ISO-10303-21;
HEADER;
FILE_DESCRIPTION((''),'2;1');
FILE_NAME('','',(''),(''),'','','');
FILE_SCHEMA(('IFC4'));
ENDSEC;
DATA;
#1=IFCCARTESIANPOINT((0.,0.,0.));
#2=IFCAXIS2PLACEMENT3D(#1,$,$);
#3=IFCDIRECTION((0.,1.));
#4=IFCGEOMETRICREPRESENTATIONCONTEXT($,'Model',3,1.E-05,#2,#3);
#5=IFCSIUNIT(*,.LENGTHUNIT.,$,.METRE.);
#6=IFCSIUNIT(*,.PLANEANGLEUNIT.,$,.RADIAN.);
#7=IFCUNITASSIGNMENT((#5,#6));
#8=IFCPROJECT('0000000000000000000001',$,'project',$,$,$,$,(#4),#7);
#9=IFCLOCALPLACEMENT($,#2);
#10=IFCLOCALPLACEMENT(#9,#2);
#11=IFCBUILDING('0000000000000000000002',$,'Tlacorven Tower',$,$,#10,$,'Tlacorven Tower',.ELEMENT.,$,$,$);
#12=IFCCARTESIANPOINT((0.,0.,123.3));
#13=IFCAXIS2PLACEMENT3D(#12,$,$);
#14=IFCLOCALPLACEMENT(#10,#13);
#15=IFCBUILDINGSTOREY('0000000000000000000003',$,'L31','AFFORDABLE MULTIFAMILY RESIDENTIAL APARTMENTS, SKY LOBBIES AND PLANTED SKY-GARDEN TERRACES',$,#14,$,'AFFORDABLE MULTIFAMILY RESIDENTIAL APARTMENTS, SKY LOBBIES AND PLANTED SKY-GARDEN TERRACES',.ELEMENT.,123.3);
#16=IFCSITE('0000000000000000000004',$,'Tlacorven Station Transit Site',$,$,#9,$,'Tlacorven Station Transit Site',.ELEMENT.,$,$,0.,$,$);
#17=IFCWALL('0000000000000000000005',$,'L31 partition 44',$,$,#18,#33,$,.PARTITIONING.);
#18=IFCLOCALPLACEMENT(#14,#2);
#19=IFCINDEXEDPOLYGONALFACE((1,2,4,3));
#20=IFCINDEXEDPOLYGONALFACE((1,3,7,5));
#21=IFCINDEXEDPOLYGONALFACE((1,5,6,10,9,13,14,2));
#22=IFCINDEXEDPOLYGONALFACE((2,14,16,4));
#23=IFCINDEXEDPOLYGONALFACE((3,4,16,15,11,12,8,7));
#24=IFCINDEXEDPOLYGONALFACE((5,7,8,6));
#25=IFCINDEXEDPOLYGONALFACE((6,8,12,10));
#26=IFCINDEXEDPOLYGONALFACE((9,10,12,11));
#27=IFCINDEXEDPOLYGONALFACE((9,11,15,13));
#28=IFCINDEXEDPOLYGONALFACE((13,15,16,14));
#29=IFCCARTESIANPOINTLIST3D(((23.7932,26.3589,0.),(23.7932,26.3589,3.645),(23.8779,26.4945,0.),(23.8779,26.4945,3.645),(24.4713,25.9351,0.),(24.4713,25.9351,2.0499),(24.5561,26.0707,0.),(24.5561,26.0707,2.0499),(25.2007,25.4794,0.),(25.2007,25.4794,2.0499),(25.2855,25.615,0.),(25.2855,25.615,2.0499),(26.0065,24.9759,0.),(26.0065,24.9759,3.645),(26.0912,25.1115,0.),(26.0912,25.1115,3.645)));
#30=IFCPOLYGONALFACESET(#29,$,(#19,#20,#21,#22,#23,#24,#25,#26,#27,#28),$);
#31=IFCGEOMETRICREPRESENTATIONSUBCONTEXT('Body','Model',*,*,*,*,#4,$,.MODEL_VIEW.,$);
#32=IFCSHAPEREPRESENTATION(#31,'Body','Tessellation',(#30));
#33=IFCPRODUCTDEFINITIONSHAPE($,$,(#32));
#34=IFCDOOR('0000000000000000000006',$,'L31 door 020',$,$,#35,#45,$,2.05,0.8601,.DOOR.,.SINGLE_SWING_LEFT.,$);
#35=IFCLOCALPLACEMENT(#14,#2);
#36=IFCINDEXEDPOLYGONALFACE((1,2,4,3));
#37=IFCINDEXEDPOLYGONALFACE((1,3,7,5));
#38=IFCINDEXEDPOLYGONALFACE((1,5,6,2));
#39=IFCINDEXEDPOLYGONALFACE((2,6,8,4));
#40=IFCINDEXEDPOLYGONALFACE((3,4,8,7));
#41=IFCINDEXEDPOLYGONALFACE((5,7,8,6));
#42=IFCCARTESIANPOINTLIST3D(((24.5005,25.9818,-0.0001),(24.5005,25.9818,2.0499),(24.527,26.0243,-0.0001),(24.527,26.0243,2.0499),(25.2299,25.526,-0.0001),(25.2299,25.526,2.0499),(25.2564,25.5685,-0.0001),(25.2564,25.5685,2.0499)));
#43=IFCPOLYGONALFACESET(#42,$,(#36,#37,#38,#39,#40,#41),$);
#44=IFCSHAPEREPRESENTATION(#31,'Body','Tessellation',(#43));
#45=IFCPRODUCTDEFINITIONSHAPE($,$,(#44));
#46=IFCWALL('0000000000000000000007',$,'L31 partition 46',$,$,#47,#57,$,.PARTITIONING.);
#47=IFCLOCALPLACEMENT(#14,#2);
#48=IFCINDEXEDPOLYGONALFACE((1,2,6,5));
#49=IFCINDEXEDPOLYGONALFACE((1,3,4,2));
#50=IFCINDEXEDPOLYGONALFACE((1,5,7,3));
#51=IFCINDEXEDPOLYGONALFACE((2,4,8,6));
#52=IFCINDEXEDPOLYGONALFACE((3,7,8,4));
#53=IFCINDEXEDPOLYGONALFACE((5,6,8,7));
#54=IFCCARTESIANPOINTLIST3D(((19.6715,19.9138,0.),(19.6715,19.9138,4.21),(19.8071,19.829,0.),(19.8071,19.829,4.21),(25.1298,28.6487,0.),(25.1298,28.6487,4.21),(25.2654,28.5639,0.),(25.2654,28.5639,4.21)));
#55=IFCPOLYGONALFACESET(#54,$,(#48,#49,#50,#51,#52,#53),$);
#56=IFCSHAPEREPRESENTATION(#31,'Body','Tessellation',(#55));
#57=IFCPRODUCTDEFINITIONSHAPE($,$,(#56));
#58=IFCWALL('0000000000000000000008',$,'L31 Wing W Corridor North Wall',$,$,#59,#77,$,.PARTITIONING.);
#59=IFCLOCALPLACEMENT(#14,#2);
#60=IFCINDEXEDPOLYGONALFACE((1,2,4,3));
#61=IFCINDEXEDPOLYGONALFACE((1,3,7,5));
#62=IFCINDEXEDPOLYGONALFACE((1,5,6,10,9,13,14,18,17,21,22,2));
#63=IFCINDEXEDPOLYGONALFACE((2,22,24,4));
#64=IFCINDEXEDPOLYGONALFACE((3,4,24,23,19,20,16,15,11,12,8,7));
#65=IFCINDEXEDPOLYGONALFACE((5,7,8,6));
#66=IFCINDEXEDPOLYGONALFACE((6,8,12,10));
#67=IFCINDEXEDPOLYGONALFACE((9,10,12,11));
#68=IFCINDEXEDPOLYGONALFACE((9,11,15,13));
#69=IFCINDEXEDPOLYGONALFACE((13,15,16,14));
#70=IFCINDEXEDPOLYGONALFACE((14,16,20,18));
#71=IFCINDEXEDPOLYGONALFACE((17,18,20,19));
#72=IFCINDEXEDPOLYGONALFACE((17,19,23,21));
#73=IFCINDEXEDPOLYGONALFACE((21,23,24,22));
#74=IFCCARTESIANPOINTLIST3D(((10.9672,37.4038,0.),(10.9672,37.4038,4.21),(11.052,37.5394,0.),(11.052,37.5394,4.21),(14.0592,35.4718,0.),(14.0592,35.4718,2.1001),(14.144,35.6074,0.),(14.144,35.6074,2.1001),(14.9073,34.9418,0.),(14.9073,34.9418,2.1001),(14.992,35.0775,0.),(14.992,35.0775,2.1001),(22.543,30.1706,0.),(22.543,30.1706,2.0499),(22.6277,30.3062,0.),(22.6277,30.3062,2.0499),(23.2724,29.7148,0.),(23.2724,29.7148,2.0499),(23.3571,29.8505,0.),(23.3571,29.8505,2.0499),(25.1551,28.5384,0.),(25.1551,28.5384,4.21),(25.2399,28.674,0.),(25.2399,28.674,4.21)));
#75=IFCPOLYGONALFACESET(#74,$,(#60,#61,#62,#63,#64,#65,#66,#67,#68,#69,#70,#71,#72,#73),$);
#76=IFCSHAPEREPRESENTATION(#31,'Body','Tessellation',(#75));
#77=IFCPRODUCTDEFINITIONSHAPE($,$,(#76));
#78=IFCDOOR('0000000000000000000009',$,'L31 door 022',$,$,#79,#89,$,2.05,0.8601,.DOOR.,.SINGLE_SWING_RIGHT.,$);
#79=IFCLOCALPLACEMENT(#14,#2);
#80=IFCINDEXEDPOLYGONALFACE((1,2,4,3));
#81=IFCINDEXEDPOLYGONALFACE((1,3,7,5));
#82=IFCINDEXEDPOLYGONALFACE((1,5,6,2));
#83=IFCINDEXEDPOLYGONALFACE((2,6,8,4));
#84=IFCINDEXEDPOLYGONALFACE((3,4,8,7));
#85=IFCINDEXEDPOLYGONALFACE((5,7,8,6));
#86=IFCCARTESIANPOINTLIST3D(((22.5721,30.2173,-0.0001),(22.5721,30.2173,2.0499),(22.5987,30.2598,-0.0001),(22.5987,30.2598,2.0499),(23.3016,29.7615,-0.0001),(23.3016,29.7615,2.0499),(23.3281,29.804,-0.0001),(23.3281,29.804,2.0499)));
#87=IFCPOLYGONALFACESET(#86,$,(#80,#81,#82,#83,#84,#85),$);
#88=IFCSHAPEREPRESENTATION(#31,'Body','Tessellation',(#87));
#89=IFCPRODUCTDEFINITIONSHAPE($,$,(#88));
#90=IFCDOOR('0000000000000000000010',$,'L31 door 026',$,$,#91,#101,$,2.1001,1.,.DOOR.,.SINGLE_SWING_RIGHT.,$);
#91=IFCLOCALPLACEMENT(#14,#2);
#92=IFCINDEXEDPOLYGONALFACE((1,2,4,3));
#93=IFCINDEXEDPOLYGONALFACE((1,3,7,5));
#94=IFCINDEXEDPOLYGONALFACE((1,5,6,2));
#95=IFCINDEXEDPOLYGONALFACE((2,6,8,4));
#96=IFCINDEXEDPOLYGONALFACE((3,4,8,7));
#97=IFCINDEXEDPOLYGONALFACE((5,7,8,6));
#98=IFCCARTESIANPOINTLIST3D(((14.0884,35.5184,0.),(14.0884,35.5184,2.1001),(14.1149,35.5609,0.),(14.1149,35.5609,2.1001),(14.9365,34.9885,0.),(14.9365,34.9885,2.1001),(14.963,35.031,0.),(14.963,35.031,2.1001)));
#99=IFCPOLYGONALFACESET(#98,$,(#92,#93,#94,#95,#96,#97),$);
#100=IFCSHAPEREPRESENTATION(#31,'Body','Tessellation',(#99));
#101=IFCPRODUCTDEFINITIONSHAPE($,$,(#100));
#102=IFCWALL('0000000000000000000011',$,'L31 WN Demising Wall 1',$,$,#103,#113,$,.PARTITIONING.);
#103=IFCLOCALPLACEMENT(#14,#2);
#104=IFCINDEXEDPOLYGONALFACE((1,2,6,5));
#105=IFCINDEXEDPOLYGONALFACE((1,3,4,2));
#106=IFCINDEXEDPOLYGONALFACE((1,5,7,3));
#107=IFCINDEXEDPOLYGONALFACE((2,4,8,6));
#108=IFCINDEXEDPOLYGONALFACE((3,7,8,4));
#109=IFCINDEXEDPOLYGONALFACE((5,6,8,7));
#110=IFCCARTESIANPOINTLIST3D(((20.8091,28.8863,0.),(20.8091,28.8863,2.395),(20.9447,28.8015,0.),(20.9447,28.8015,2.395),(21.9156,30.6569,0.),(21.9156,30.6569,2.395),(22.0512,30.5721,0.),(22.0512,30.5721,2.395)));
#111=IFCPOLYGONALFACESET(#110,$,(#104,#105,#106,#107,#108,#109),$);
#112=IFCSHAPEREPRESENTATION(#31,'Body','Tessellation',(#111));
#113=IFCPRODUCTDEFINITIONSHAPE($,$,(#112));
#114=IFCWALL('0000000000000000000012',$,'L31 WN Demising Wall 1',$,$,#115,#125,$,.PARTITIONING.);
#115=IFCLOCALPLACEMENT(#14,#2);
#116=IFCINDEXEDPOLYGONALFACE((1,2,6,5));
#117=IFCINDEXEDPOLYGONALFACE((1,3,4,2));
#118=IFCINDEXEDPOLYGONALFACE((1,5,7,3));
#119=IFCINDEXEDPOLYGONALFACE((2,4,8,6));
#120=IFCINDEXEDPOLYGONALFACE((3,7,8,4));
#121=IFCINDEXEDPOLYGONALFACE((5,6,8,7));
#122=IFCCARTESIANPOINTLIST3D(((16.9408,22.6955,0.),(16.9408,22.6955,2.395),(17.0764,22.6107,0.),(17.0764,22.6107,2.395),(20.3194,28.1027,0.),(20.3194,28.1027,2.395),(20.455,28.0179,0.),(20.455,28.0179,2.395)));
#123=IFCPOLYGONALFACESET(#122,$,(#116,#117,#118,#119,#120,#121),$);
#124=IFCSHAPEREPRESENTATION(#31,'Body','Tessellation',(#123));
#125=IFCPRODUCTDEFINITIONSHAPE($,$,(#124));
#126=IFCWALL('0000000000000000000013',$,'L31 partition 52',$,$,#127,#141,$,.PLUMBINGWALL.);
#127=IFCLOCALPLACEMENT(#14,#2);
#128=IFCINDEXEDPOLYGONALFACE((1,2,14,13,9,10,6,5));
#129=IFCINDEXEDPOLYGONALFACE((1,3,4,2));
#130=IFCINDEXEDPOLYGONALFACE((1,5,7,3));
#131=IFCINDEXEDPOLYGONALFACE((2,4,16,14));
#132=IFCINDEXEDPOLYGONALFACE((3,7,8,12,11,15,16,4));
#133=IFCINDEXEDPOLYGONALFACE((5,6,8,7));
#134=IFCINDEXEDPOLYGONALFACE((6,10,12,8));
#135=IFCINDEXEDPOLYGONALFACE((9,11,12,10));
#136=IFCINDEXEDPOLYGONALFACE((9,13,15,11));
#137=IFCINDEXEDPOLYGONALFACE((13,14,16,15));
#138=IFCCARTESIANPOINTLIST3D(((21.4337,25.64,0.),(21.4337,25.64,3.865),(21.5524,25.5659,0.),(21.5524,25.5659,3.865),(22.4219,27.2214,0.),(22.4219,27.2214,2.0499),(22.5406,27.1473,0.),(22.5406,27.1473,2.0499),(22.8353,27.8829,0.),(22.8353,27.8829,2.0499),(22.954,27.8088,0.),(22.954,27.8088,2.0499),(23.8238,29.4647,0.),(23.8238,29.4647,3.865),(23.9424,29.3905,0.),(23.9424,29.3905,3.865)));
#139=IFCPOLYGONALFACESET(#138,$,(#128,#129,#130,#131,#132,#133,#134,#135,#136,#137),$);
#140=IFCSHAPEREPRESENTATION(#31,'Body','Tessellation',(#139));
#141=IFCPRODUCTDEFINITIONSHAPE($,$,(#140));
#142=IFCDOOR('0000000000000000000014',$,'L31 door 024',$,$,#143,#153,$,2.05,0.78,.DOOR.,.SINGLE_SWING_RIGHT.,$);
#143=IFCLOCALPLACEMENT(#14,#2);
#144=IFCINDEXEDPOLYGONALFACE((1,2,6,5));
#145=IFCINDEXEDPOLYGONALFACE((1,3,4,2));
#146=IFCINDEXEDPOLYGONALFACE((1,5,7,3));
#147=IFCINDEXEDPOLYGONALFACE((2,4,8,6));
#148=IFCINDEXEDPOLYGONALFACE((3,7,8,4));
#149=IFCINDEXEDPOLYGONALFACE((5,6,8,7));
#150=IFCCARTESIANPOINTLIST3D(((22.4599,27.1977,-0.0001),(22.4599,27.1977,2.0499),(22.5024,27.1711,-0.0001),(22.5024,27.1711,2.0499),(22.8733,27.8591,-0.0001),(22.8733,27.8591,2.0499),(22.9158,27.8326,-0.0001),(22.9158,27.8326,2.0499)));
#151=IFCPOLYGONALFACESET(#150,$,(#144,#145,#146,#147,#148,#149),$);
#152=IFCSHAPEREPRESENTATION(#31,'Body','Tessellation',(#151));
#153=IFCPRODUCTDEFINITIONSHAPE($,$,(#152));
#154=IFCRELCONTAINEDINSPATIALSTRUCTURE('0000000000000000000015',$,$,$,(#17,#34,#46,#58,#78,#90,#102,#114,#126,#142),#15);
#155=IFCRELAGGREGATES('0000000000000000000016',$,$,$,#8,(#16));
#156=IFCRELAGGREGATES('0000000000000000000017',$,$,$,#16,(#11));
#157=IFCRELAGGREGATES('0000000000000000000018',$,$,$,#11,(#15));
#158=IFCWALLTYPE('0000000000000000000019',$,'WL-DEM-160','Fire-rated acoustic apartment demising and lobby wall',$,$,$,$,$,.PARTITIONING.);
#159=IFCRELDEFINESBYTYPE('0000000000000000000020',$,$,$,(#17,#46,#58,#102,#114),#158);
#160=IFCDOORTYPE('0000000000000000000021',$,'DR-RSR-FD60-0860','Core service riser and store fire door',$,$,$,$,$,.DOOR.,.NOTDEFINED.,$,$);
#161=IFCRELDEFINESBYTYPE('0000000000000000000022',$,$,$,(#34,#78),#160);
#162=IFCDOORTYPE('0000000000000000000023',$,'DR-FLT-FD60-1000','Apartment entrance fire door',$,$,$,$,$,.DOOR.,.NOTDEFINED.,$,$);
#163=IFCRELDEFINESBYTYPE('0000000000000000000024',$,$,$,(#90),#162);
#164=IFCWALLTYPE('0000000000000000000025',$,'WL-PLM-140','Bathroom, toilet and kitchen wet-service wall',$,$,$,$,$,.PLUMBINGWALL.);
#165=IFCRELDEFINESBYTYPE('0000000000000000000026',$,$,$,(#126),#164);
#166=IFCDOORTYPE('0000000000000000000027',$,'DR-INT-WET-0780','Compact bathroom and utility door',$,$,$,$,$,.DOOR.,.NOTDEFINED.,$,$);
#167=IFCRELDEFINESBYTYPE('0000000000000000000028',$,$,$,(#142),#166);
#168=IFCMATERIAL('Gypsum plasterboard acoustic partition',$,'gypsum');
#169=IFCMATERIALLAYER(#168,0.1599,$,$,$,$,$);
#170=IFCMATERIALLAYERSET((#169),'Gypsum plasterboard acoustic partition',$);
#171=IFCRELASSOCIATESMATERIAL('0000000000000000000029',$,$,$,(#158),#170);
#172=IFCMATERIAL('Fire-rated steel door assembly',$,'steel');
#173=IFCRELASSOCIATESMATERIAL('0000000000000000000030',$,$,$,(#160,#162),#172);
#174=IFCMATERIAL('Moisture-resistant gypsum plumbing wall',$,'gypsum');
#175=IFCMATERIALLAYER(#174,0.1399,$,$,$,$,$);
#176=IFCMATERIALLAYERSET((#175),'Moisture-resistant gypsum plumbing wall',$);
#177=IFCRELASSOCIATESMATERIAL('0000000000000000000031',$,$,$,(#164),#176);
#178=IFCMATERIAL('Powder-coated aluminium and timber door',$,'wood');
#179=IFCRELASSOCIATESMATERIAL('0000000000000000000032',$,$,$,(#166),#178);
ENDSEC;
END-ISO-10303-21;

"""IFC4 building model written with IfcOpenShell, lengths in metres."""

from ifc_helpers import new_model, si_unit, direction, frame, frame_2d, origin, place, context, subcontext, project, spatial, rectangle, extrude, source, transform, mapped, material, layer, layer_set, type_object, element, fill, save


model = new_model("IFC4")

# Units and contexts
model_context = context("Model", 3, precision=1e-05, world=origin(), true_north=direction((0.0, 1.0)))
body_context = subcontext(model_context, "Body", "Model", "MODEL_VIEW")
ifc_project = project(units=[si_unit("LENGTHUNIT", "METRE"), si_unit("PLANEANGLEUNIT", "RADIAN")], contexts=[model_context])

# Site, building, storey
site_placement = place(None, origin())
site = spatial("IfcSite", under=ifc_project, at=site_placement, Name="Tlacorven Station Transit Site", LongName="Tlacorven Station Transit Site", CompositionType="ELEMENT", RefElevation=0.0)
building_placement = place(site_placement, origin())
building = spatial("IfcBuilding", under=site, at=building_placement, Name="Tlacorven Tower", LongName="Tlacorven Tower", CompositionType="ELEMENT")
storey_placement = place(building_placement, frame((0.0, 0.0, 123.3)))
storey = spatial("IfcBuildingStorey", under=building, at=storey_placement, Name="L31", Description="AFFORDABLE MULTIFAMILY RESIDENTIAL APARTMENTS, SKY LOBBIES AND PLANTED SKY-GARDEN TERRACES", LongName="AFFORDABLE MULTIFAMILY RESIDENTIAL APARTMENTS, SKY LOBBIES AND PLANTED SKY-GARDEN TERRACES", CompositionType="ELEMENT", Elevation=123.3)

# Wall, opening, door
ifc_material_1 = material(Name="Gypsum plasterboard acoustic partition", Category="gypsum")
ifc_layer_1 = layer(ifc_material_1, 0.1599)
ifc_layer_set_1 = layer_set([ifc_layer_1], Name="Gypsum plasterboard acoustic partition")
wall_type_1 = type_object("IfcWallType", Name="WL-DEM-160", Description="Fire-rated acoustic apartment demising and lobby wall", PredefinedType="PARTITIONING", material=ifc_layer_set_1)
wall_1_placement = place(storey_placement, frame((26.0488, 25.0437, 0.0), z_axis=(0.0, 0.0, 1.0), x_axis=(-0.848051, 0.529915, 0.0)))
wall_1 = element("IfcWall", 1, at=wall_1_placement, inside=storey, type_object=wall_type_1, Name="L31 partition 44", PredefinedType="PARTITIONING", context=body_context, shape_type="SweptSolid", body=[
    extrude(rectangle(XDim=2.6099, YDim=0.1599, at=frame_2d((1.3049, 0.0))), origin(), (0.0, 0.0, 1.0), 3.645),
])
opening_1_placement = place(wall_1_placement, frame((0.95, 0.0, 0.0)))
opening_1 = element("IfcOpeningElement", 2, at=opening_1_placement, cuts=wall_1, PredefinedType="OPENING", context=body_context, shape_type="SweptSolid", body=[
    extrude(rectangle(XDim=0.8601, YDim=2.05, at=frame_2d((0.4302, 1.0249))), frame((0.0, 0.0898, 0.0), z_axis=(0.0, -1.0, 0.0), x_axis=(1.0, 0.0, 0.0)), (0.0, 0.0, 1.0), 0.1799),
])
ifc_material_2 = material(Name="Fire-rated steel door assembly", Category="steel")
door_type_1 = type_object("IfcDoorType", Name="DR-RSR-FD60-0860", Description="Core service riser and store fire door", OperationType="NOTDEFINED", PredefinedType="DOOR", material=ifc_material_2)
shared_shape_1 = source(origin(), body_context, "Body", "SweptSolid", [
    extrude(rectangle(XDim=0.8601, YDim=2.05, at=frame_2d((0.4302, 1.0249))), frame((0.0, 0.0249, 0.0), z_axis=(0.0, -1.0, 0.0), x_axis=(1.0, 0.0, 0.0)), (0.0, 0.0, 1.0), 0.05),
])
door_1_placement = place(opening_1_placement, origin())
door_1 = element("IfcDoor", 3, at=door_1_placement, inside=storey, type_object=door_type_1, Name="L31 door 020", OperationType="SINGLE_SWING_LEFT", OverallHeight=2.05, OverallWidth=0.8601, PredefinedType="DOOR", context=body_context, shape_type="MappedRepresentation", body=[
    mapped(shared_shape_1, transform((0.0, 0.0, 0.0), scale=1.0)),
])
fill(opening_1, door_1)

# Wall
wall_2_placement = place(storey_placement, frame((25.1975, 28.6062, 0.0), z_axis=(0.0, 0.0, 1.0), x_axis=(-0.529926, -0.848044, 0.0)))
element("IfcWall", 4, at=wall_2_placement, inside=storey, type_object=wall_type_1, Name="L31 partition 46", PredefinedType="PARTITIONING", context=body_context, shape_type="SweptSolid", body=[
    extrude(rectangle(XDim=10.3, YDim=0.1599, at=frame_2d((5.1499, 0.0))), origin(), (0.0, 0.0, 1.0), 4.21),
])

# Wall, openings, doors
wall_3_placement = place(storey_placement, frame((25.1975, 28.6062, 0.0), z_axis=(0.0, 0.0, 1.0), x_axis=(-0.848052, 0.529912, 0.0)))
wall_3 = element("IfcWall", 5, at=wall_3_placement, inside=storey, type_object=wall_type_1, Name="L31 Wing W Corridor North Wall", PredefinedType="PARTITIONING", context=body_context, shape_type="SweptSolid", body=[
    extrude(rectangle(XDim=16.73, YDim=0.1599, at=frame_2d((8.365, 0.0))), origin(), (0.0, 0.0, 1.0), 4.21),
])
opening_2_placement = place(wall_3_placement, frame((2.22, 0.0, 0.0)))
opening_2 = element("IfcOpeningElement", 6, at=opening_2_placement, cuts=wall_3, PredefinedType="OPENING", context=body_context, shape_type="SweptSolid", body=[
    extrude(rectangle(XDim=0.8601, YDim=2.05, at=frame_2d((0.4302, 1.0249))), frame((0.0, 0.0898, 0.0), z_axis=(0.0, -1.0, 0.0), x_axis=(1.0, 0.0, 0.0)), (0.0, 0.0, 1.0), 0.1799),
])
opening_3_placement = place(wall_3_placement, frame((12.084, 0.0, 0.0)))
opening_3 = element("IfcOpeningElement", 7, at=opening_3_placement, cuts=wall_3, PredefinedType="OPENING", context=body_context, shape_type="SweptSolid", body=[
    extrude(rectangle(XDim=1.0, YDim=2.1001, at=frame_2d((0.5, 1.05))), frame((0.0, 0.0898, 0.0), z_axis=(0.0, -1.0, 0.0), x_axis=(1.0, 0.0, 0.0)), (0.0, 0.0, 1.0), 0.1799),
])
door_2_placement = place(opening_2_placement, origin())
door_2 = element("IfcDoor", 8, at=door_2_placement, inside=storey, type_object=door_type_1, Name="L31 door 022", OperationType="SINGLE_SWING_RIGHT", OverallHeight=2.05, OverallWidth=0.8601, PredefinedType="DOOR", context=body_context, shape_type="MappedRepresentation", body=[
    mapped(shared_shape_1, transform((0.0, 0.0, 0.0), scale=1.0)),
])
fill(opening_2, door_2)
door_type_2 = type_object("IfcDoorType", Name="DR-FLT-FD60-1000", Description="Apartment entrance fire door", OperationType="NOTDEFINED", PredefinedType="DOOR", material=ifc_material_2)
shared_shape_2 = source(origin(), body_context, "Body", "SweptSolid", [
    extrude(rectangle(XDim=1.0, YDim=2.1001, at=frame_2d((0.5, 1.05))), frame((0.0, 0.0249, 0.0), z_axis=(0.0, -1.0, 0.0), x_axis=(1.0, 0.0, 0.0)), (0.0, 0.0, 1.0), 0.05),
])
door_3_placement = place(opening_3_placement, origin())
door_3 = element("IfcDoor", 9, at=door_3_placement, inside=storey, type_object=door_type_2, Name="L31 door 026", OperationType="SINGLE_SWING_RIGHT", OverallHeight=2.1001, OverallWidth=1.0, PredefinedType="DOOR", context=body_context, shape_type="MappedRepresentation", body=[
    mapped(shared_shape_2, transform((0.0, 0.0, 0.0), scale=1.0)),
])
fill(opening_3, door_3)

# Walls
wall_4_placement = place(storey_placement, frame((21.9834, 30.6145, 0.0), z_axis=(0.0, 0.0, 1.0), x_axis=(-0.529957, -0.848025, 0.0)))
element("IfcWall", 10, at=wall_4_placement, inside=storey, type_object=wall_type_1, Name="L31 WN Demising Wall 1", PredefinedType="PARTITIONING", context=body_context, shape_type="SweptSolid", body=[
    extrude(rectangle(XDim=2.0879, YDim=0.1599, at=frame_2d((1.0439, 0.0))), origin(), (0.0, 0.0, 1.0), 2.395),
])
wall_5_placement = place(storey_placement, frame((20.3872, 28.0603, 0.0), z_axis=(0.0, 0.0, 1.0), x_axis=(-0.529903, -0.848059, 0.0)))
element("IfcWall", 11, at=wall_5_placement, inside=storey, type_object=wall_type_1, Name="L31 WN Demising Wall 1", PredefinedType="PARTITIONING", context=body_context, shape_type="SweptSolid", body=[
    extrude(rectangle(XDim=6.376, YDim=0.1599, at=frame_2d((3.188, 0.0))), origin(), (0.0, 0.0, 1.0), 2.395),
])

# Wall, opening, door
ifc_material_3 = material(Name="Moisture-resistant gypsum plumbing wall", Category="gypsum")
ifc_layer_2 = layer(ifc_material_3, 0.1399)
ifc_layer_set_2 = layer_set([ifc_layer_2], Name="Moisture-resistant gypsum plumbing wall")
wall_type_2 = type_object("IfcWallType", Name="WL-PLM-140", Description="Bathroom, toilet and kitchen wet-service wall", PredefinedType="PLUMBINGWALL", material=ifc_layer_set_2)
wall_6_placement = place(storey_placement, frame((23.8831, 29.4275, 0.0), z_axis=(0.0, 0.0, 1.0), x_axis=(-0.52995, -0.848029, 0.0)))
wall_6 = element("IfcWall", 12, at=wall_6_placement, inside=storey, type_object=wall_type_2, Name="L31 partition 52", PredefinedType="PLUMBINGWALL", context=body_context, shape_type="SweptSolid", body=[
    extrude(rectangle(XDim=4.51, YDim=0.1399, at=frame_2d((2.2549, 0.0))), origin(), (0.0, 0.0, 1.0), 3.865),
])
opening_4_placement = place(wall_6_placement, frame((1.865, 0.0, 0.0)))
opening_4 = element("IfcOpeningElement", 13, at=opening_4_placement, cuts=wall_6, PredefinedType="OPENING", context=body_context, shape_type="SweptSolid", body=[
    extrude(rectangle(XDim=0.78, YDim=2.05, at=frame_2d((0.3901, 1.0249))), frame((0.0, 0.0801, 0.0), z_axis=(0.0, -1.0, 0.0), x_axis=(1.0, 0.0, 0.0)), (0.0, 0.0, 1.0), 0.1599),
])
ifc_material_4 = material(Name="Powder-coated aluminium and timber door", Category="wood")
door_type_3 = type_object("IfcDoorType", Name="DR-INT-WET-0780", Description="Compact bathroom and utility door", OperationType="NOTDEFINED", PredefinedType="DOOR", material=ifc_material_4)
shared_shape_3 = source(origin(), body_context, "Body", "SweptSolid", [
    extrude(rectangle(XDim=0.78, YDim=2.05, at=frame_2d((0.3901, 1.0249))), frame((0.0, 0.0249, 0.0), z_axis=(0.0, -1.0, 0.0), x_axis=(1.0, 0.0, 0.0)), (0.0, 0.0, 1.0), 0.05),
])
door_4_placement = place(opening_4_placement, origin())
door_4 = element("IfcDoor", 14, at=door_4_placement, inside=storey, type_object=door_type_3, Name="L31 door 024", OperationType="SINGLE_SWING_RIGHT", OverallHeight=2.05, OverallWidth=0.78, PredefinedType="DOOR", context=body_context, shape_type="MappedRepresentation", body=[
    mapped(shared_shape_3, transform((0.0, 0.0, 0.0), scale=1.0)),
])
fill(opening_4, door_4)

save(model, "model.ifc")
